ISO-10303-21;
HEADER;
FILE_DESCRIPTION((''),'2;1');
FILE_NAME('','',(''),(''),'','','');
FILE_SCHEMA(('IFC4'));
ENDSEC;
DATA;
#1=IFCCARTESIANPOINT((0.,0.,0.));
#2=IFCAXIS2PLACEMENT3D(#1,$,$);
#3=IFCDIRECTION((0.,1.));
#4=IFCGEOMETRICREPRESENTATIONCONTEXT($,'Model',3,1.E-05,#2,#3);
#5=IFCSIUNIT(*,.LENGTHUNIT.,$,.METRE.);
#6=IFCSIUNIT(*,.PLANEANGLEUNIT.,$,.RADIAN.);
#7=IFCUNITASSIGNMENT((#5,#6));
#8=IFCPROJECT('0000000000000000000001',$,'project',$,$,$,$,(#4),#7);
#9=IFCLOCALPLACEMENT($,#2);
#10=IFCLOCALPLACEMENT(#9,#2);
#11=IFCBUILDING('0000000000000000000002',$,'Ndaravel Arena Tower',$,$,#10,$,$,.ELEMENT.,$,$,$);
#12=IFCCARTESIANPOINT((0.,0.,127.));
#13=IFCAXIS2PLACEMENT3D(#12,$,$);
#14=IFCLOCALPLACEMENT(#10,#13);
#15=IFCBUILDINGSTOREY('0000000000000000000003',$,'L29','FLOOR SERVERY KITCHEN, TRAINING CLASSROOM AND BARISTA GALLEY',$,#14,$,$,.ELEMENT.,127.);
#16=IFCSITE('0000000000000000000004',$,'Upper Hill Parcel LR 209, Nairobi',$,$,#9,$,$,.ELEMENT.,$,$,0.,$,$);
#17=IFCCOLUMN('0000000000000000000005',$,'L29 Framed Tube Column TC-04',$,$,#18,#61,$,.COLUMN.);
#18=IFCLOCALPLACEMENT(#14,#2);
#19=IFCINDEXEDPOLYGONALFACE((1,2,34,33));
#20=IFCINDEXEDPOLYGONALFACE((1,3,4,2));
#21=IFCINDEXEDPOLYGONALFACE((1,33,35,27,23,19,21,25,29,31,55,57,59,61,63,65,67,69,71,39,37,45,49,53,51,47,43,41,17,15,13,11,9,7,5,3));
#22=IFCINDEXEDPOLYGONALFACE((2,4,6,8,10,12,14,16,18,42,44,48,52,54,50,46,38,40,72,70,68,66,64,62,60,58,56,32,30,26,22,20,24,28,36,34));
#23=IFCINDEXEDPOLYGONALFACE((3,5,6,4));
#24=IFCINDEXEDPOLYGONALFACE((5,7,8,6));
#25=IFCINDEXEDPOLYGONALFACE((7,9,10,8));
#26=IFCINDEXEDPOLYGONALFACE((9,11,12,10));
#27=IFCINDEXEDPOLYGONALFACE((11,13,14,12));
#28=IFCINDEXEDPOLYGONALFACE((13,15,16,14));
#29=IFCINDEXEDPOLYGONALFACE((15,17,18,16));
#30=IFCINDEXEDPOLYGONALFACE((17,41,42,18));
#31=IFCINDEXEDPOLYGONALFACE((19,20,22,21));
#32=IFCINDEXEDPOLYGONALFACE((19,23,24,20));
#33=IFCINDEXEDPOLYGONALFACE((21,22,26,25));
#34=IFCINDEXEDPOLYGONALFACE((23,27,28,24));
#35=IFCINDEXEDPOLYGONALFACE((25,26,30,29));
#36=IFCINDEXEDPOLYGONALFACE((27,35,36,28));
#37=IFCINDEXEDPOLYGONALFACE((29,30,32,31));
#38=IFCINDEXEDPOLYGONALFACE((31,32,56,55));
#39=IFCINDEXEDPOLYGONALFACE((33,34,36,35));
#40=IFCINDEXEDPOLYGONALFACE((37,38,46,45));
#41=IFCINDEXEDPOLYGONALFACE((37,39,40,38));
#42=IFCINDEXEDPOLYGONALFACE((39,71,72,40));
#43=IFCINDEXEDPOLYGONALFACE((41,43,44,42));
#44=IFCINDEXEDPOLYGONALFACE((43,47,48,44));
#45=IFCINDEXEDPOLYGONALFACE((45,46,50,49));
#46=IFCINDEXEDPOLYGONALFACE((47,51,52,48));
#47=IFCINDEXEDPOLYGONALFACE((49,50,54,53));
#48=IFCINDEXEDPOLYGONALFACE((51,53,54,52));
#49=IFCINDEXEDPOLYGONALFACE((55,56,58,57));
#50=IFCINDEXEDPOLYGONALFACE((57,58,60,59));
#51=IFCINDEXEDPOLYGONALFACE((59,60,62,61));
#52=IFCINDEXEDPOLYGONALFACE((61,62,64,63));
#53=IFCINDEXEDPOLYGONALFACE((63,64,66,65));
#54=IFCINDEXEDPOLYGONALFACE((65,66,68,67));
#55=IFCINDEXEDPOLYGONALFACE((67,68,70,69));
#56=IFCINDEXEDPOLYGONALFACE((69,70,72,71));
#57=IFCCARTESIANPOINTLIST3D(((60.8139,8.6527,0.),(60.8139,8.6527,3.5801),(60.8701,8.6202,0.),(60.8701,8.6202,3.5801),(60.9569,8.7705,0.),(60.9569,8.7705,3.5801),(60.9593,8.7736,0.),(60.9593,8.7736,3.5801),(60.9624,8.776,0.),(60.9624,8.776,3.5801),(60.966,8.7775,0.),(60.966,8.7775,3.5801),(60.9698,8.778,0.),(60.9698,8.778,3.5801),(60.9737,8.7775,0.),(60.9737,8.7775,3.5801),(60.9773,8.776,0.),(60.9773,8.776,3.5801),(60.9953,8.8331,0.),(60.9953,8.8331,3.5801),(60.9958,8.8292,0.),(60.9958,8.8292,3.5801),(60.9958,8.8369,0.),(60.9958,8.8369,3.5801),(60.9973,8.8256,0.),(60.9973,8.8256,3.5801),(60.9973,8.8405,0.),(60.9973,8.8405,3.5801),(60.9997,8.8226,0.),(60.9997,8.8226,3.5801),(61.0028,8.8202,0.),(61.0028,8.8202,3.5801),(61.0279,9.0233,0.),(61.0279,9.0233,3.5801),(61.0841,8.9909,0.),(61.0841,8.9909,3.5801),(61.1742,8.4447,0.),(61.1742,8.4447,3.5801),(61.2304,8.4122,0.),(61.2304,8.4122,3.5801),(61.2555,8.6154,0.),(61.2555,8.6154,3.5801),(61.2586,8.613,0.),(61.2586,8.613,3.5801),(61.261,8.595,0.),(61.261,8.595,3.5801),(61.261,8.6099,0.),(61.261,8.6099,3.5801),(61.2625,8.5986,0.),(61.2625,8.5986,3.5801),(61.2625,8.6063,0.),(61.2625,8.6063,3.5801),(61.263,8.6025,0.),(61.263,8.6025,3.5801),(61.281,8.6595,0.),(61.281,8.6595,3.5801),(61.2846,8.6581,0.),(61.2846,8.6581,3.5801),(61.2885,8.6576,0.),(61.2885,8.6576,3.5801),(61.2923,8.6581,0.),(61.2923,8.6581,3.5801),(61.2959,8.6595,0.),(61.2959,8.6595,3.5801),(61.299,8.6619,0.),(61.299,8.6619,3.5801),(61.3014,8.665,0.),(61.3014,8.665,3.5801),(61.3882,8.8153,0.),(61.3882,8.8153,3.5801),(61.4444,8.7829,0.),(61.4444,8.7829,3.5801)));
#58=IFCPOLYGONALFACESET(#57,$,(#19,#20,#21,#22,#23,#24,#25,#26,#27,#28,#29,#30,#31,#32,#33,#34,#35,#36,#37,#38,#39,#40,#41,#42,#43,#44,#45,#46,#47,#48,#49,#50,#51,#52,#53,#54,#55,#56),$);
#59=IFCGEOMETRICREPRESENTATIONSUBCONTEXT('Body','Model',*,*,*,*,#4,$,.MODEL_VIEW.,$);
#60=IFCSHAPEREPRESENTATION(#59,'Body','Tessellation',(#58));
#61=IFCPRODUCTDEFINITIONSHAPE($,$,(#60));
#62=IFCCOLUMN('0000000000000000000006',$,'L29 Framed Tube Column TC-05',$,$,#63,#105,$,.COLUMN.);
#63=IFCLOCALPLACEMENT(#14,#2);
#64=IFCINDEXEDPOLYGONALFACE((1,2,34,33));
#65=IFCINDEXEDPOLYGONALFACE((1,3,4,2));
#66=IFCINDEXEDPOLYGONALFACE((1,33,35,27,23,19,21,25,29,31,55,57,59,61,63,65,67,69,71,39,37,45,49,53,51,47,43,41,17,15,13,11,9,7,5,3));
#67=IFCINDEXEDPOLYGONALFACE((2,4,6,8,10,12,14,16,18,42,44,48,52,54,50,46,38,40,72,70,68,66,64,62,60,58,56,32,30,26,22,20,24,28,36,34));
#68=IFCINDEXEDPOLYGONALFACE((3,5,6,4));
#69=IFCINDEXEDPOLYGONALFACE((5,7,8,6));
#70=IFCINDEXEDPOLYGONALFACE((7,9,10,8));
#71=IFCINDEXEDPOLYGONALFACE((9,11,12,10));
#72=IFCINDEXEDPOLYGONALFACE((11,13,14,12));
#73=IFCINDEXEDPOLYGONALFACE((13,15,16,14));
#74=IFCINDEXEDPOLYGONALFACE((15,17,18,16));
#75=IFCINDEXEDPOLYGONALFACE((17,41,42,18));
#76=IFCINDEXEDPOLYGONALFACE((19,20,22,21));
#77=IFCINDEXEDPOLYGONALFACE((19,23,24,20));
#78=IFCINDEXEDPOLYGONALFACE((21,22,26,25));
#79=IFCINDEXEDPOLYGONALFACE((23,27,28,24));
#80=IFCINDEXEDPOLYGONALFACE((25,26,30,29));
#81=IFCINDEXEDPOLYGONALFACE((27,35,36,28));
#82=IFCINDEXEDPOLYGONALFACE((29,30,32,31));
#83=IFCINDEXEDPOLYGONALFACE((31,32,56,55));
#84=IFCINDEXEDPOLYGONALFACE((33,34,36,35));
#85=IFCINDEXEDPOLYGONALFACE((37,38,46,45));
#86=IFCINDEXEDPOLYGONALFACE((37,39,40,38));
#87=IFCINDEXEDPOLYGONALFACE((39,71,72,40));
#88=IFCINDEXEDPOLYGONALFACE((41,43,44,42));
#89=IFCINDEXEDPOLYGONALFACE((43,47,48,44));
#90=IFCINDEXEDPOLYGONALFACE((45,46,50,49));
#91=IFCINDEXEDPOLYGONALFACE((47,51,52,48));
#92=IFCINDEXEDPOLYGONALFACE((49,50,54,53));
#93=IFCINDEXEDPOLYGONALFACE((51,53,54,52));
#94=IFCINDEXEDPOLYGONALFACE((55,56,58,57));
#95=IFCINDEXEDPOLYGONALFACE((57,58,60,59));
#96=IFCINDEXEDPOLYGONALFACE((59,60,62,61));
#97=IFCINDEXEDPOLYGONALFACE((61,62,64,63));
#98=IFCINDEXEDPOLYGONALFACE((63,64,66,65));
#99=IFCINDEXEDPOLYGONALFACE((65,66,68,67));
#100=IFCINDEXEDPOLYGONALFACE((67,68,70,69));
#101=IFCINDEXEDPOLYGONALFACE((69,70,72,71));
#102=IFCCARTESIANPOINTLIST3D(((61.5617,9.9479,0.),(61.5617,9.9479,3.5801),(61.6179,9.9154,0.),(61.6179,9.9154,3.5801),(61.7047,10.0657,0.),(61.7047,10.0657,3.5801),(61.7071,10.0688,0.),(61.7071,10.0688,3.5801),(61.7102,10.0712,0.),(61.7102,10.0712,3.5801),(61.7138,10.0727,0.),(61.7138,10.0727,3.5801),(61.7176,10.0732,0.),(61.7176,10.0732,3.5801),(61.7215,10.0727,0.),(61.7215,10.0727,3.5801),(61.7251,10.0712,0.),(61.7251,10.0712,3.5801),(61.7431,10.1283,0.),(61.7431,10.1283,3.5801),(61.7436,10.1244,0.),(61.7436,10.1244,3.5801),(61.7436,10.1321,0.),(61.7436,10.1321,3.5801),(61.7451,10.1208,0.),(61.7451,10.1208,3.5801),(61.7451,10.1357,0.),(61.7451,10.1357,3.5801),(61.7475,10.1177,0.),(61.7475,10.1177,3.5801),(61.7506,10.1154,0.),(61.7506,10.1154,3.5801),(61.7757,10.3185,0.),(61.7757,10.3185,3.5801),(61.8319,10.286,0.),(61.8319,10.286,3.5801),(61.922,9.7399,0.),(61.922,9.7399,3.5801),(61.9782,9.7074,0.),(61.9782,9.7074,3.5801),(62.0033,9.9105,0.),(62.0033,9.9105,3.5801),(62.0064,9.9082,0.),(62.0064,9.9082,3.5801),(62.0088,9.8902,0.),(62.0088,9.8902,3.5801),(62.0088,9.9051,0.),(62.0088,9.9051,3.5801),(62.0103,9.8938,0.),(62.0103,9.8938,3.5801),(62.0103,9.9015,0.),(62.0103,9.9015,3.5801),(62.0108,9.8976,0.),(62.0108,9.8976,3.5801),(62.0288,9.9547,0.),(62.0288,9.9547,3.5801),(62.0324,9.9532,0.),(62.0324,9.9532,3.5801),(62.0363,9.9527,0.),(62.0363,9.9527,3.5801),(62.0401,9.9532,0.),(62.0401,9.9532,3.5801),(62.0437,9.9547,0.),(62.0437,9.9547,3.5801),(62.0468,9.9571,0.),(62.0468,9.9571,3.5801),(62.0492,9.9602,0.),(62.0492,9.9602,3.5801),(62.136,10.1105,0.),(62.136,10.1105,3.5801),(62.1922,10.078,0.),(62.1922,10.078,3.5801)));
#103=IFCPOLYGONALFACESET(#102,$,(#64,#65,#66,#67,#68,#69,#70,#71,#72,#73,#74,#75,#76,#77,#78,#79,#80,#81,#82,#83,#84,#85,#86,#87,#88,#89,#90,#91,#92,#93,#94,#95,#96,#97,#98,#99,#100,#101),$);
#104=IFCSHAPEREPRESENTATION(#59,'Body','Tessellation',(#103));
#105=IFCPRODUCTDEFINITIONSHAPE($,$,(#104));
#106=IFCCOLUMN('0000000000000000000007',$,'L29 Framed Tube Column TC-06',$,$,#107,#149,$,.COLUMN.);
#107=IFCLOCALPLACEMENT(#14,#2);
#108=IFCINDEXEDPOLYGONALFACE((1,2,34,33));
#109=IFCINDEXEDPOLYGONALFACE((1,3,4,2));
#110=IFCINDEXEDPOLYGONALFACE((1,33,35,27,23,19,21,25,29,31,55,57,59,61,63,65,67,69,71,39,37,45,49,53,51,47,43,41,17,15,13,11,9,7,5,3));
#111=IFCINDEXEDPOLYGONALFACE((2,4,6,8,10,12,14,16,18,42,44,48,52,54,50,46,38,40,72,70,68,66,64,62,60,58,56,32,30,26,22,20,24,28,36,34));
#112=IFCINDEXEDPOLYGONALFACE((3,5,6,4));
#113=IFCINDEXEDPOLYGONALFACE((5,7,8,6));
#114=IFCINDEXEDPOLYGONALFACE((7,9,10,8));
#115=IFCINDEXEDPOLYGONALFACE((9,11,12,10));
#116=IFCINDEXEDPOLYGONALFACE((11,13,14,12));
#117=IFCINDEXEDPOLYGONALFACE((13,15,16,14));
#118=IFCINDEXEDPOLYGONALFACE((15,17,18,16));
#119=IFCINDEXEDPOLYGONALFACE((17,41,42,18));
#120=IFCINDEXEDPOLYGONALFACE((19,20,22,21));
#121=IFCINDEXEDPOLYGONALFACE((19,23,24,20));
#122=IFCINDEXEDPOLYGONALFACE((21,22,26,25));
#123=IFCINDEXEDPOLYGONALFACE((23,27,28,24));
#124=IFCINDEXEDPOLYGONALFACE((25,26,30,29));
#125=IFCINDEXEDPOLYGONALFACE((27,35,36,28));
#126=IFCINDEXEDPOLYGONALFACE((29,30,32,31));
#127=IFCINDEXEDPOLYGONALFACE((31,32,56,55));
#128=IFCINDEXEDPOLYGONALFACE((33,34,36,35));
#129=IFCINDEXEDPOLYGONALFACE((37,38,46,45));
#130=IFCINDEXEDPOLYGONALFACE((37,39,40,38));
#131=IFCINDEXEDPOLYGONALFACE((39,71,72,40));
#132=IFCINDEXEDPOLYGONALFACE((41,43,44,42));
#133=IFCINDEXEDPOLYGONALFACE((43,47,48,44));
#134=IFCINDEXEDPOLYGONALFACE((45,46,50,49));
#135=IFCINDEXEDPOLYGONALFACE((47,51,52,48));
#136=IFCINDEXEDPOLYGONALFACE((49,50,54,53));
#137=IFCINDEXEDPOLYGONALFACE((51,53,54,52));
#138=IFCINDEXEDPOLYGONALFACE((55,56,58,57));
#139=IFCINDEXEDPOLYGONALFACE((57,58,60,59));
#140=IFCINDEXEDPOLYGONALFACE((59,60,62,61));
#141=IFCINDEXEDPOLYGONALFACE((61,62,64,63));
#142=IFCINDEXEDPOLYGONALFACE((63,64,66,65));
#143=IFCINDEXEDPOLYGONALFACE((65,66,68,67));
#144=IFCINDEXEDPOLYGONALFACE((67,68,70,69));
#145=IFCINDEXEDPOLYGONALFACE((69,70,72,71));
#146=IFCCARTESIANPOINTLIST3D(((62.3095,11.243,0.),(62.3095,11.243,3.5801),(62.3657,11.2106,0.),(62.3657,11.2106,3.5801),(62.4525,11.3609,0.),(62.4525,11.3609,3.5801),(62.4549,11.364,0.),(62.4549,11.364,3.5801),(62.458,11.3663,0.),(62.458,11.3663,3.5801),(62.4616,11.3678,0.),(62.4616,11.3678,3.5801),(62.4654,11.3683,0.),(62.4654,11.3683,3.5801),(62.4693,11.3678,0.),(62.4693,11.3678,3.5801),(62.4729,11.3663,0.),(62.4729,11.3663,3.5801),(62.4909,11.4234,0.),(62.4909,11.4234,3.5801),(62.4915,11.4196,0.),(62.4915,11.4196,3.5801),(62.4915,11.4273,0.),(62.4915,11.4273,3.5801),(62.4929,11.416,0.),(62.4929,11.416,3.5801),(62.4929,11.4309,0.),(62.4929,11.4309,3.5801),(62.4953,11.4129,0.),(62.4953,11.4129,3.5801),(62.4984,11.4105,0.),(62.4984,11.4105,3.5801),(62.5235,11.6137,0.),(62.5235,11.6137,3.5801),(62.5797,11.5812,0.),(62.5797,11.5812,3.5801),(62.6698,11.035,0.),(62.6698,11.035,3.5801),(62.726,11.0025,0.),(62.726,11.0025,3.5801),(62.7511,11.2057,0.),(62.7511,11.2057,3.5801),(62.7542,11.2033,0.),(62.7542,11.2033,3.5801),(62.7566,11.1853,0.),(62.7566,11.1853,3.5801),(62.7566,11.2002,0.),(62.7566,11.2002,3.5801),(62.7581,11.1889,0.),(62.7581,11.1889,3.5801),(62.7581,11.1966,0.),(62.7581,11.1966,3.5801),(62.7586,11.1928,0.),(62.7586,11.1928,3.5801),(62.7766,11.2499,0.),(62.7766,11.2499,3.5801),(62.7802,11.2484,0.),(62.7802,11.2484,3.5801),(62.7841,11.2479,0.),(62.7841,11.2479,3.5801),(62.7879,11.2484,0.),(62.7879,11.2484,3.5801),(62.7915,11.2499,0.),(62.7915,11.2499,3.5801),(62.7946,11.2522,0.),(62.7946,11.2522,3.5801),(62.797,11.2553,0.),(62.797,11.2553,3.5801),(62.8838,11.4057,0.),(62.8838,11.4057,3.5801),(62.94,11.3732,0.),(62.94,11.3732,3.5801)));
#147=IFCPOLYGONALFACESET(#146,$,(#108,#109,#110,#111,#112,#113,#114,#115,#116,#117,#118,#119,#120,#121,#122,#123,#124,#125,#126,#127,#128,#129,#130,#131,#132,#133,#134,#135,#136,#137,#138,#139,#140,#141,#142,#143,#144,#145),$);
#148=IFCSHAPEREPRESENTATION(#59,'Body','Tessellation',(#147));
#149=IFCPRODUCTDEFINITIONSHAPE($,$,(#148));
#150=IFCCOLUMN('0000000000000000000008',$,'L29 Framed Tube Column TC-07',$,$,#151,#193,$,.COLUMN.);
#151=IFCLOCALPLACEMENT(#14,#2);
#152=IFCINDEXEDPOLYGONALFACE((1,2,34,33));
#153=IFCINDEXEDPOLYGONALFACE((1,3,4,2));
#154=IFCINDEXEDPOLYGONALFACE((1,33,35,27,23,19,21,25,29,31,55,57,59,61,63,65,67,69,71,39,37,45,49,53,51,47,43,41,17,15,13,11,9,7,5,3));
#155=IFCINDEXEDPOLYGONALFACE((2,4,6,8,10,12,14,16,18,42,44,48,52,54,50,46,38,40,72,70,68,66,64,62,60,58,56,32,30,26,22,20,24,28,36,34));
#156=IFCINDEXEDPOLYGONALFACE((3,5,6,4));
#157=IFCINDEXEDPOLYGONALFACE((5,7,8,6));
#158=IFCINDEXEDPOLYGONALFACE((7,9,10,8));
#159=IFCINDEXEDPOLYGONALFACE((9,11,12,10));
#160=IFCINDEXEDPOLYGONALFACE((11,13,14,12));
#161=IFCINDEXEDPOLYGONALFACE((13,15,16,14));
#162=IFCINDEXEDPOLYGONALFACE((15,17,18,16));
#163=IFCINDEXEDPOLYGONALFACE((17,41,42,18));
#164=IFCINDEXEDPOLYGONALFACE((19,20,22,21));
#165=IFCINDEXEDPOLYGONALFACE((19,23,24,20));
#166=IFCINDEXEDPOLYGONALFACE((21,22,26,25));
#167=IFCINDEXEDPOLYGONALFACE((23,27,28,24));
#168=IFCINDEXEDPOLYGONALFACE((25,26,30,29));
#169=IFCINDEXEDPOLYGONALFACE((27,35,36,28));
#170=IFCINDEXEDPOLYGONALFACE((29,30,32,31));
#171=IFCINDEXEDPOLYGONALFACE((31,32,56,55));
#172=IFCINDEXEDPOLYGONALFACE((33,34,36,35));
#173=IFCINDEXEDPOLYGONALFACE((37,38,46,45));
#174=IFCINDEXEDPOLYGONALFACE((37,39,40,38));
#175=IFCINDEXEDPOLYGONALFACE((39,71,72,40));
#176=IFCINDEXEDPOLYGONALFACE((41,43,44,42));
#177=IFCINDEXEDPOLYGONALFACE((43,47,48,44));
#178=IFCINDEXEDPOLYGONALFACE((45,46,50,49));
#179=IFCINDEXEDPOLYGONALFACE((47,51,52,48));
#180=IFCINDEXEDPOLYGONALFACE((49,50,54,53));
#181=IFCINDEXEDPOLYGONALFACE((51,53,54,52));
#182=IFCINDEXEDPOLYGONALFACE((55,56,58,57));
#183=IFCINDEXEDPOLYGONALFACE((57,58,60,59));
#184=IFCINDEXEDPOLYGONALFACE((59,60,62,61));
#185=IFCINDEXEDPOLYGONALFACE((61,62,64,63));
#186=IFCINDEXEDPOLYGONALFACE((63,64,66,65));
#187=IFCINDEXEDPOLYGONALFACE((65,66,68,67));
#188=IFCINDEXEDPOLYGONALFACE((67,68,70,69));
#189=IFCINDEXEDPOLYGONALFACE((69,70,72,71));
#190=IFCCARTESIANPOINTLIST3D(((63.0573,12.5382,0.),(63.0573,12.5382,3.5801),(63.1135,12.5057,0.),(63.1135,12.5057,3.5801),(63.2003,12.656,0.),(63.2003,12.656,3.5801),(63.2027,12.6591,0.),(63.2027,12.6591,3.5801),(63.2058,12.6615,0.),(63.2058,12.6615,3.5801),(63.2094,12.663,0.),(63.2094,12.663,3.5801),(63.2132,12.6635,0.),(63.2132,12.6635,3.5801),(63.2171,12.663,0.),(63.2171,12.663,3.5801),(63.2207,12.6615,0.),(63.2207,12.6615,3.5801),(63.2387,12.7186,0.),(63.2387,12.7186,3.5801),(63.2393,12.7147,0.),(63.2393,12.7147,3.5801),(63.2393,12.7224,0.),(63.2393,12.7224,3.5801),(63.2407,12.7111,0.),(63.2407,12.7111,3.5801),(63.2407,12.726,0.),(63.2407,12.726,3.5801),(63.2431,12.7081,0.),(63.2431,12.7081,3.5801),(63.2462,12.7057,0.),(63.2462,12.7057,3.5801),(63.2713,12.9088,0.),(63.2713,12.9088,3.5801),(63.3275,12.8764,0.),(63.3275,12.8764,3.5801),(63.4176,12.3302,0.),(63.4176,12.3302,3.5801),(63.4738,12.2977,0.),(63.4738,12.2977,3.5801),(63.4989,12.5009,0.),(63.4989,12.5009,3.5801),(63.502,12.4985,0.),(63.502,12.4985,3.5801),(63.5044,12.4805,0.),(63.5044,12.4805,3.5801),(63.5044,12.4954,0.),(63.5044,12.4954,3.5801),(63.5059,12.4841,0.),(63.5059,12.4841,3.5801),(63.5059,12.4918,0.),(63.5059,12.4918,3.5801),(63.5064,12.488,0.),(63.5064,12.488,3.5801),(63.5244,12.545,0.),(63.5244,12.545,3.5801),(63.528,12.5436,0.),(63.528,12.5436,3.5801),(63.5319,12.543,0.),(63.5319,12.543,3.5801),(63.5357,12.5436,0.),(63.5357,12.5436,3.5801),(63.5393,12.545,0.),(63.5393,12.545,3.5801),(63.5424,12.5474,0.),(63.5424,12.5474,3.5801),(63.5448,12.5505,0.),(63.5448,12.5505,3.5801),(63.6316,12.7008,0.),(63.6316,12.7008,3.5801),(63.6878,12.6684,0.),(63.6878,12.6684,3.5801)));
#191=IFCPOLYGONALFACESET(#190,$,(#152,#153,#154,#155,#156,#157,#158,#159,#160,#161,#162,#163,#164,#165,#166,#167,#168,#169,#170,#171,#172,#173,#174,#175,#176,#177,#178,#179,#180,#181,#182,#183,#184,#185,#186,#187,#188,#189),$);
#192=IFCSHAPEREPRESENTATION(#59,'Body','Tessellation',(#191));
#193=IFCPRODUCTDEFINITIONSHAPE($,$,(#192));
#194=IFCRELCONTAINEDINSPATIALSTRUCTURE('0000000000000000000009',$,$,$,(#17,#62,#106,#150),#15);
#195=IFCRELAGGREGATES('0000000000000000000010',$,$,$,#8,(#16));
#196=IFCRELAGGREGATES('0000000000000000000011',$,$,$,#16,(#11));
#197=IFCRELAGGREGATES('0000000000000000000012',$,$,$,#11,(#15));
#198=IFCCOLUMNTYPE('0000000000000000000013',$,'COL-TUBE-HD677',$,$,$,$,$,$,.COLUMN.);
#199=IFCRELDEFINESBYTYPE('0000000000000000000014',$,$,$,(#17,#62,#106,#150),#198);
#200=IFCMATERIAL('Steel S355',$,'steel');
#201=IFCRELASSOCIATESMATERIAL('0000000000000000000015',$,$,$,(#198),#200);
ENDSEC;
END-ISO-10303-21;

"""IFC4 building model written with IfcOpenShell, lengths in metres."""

from ifc_helpers import new_model, si_unit, direction, frame, origin, origin_2d, place, context, subcontext, project, spatial, i_section, extrude, material, material_profile, profile_set, type_object, element, save


model = new_model("IFC4")

# Units and contexts
model_context = context("Model", 3, precision=1e-05, world=origin(), true_north=direction((0.0, 1.0)))
body_context = subcontext(model_context, "Body", "Model", "MODEL_VIEW")
ifc_project = project(units=[si_unit("LENGTHUNIT", "METRE"), si_unit("PLANEANGLEUNIT", "RADIAN")], contexts=[model_context])

# Site, building, storey
site_placement = place(None, origin())
site = spatial("IfcSite", under=ifc_project, at=site_placement, Name="Upper Hill Parcel LR 209, Nairobi", CompositionType="ELEMENT", RefElevation=0.0)
building_placement = place(site_placement, origin())
building = spatial("IfcBuilding", under=site, at=building_placement, Name="Ndaravel Arena Tower", CompositionType="ELEMENT")
storey_placement = place(building_placement, frame((0.0, 0.0, 127.0)))
storey = spatial("IfcBuildingStorey", under=building, at=storey_placement, Name="L29", Description="FLOOR SERVERY KITCHEN, TRAINING CLASSROOM AND BARISTA GALLEY", CompositionType="ELEMENT", Elevation=127.0)

# Columns
ifc_material_1 = material(Name="Steel S355", Category="steel")
ifc_material_profile_1 = material_profile(ifc_material_1, i_section(OverallWidth=0.428, OverallDepth=0.481, WebThickness=0.051, FlangeThickness=0.0649, FilletRadius=0.0149, at=origin_2d()), Name="HD 400x677")
ifc_profile_set_1 = profile_set([ifc_material_profile_1], Name="Steel S355")
column_type = type_object("IfcColumnType", Name="COL-TUBE-HD677", PredefinedType="COLUMN", material=ifc_profile_set_1)
for number, where, z_axis, x_axis, name in (
    (1, (61.1292, 8.7178, 0.0), (0.0, 0.0, 1.0), (0.5, 0.866025, 0.0), "L29 Framed Tube Column TC-04"),
    (2, (61.877, 10.0129, 0.0), (0.0, 0.0, 1.0), (0.5, 0.866025, 0.0), "L29 Framed Tube Column TC-05"),
    (3, (62.6248, 11.3081, 0.0), (0.0, 0.0, 1.0), (0.5, 0.866025, 0.0), "L29 Framed Tube Column TC-06"),
    (4, (63.3726, 12.6033, 0.0), (0.0, 0.0, 1.0), (0.5, 0.866025, 0.0), "L29 Framed Tube Column TC-07"),
):
    element("IfcColumn", number, at=place(storey_placement, frame(where, z_axis=z_axis, x_axis=x_axis)), inside=storey, type_object=column_type, Name=name, PredefinedType="COLUMN", context=body_context, shape_type="SweptSolid", body=[
        extrude(i_section(OverallWidth=0.428, OverallDepth=0.481, WebThickness=0.051, FlangeThickness=0.0649, FilletRadius=0.0149, at=origin_2d()), origin(), (0.0, 0.0, 1.0), 3.5801),
    ])

save(model, "model.ifc")
